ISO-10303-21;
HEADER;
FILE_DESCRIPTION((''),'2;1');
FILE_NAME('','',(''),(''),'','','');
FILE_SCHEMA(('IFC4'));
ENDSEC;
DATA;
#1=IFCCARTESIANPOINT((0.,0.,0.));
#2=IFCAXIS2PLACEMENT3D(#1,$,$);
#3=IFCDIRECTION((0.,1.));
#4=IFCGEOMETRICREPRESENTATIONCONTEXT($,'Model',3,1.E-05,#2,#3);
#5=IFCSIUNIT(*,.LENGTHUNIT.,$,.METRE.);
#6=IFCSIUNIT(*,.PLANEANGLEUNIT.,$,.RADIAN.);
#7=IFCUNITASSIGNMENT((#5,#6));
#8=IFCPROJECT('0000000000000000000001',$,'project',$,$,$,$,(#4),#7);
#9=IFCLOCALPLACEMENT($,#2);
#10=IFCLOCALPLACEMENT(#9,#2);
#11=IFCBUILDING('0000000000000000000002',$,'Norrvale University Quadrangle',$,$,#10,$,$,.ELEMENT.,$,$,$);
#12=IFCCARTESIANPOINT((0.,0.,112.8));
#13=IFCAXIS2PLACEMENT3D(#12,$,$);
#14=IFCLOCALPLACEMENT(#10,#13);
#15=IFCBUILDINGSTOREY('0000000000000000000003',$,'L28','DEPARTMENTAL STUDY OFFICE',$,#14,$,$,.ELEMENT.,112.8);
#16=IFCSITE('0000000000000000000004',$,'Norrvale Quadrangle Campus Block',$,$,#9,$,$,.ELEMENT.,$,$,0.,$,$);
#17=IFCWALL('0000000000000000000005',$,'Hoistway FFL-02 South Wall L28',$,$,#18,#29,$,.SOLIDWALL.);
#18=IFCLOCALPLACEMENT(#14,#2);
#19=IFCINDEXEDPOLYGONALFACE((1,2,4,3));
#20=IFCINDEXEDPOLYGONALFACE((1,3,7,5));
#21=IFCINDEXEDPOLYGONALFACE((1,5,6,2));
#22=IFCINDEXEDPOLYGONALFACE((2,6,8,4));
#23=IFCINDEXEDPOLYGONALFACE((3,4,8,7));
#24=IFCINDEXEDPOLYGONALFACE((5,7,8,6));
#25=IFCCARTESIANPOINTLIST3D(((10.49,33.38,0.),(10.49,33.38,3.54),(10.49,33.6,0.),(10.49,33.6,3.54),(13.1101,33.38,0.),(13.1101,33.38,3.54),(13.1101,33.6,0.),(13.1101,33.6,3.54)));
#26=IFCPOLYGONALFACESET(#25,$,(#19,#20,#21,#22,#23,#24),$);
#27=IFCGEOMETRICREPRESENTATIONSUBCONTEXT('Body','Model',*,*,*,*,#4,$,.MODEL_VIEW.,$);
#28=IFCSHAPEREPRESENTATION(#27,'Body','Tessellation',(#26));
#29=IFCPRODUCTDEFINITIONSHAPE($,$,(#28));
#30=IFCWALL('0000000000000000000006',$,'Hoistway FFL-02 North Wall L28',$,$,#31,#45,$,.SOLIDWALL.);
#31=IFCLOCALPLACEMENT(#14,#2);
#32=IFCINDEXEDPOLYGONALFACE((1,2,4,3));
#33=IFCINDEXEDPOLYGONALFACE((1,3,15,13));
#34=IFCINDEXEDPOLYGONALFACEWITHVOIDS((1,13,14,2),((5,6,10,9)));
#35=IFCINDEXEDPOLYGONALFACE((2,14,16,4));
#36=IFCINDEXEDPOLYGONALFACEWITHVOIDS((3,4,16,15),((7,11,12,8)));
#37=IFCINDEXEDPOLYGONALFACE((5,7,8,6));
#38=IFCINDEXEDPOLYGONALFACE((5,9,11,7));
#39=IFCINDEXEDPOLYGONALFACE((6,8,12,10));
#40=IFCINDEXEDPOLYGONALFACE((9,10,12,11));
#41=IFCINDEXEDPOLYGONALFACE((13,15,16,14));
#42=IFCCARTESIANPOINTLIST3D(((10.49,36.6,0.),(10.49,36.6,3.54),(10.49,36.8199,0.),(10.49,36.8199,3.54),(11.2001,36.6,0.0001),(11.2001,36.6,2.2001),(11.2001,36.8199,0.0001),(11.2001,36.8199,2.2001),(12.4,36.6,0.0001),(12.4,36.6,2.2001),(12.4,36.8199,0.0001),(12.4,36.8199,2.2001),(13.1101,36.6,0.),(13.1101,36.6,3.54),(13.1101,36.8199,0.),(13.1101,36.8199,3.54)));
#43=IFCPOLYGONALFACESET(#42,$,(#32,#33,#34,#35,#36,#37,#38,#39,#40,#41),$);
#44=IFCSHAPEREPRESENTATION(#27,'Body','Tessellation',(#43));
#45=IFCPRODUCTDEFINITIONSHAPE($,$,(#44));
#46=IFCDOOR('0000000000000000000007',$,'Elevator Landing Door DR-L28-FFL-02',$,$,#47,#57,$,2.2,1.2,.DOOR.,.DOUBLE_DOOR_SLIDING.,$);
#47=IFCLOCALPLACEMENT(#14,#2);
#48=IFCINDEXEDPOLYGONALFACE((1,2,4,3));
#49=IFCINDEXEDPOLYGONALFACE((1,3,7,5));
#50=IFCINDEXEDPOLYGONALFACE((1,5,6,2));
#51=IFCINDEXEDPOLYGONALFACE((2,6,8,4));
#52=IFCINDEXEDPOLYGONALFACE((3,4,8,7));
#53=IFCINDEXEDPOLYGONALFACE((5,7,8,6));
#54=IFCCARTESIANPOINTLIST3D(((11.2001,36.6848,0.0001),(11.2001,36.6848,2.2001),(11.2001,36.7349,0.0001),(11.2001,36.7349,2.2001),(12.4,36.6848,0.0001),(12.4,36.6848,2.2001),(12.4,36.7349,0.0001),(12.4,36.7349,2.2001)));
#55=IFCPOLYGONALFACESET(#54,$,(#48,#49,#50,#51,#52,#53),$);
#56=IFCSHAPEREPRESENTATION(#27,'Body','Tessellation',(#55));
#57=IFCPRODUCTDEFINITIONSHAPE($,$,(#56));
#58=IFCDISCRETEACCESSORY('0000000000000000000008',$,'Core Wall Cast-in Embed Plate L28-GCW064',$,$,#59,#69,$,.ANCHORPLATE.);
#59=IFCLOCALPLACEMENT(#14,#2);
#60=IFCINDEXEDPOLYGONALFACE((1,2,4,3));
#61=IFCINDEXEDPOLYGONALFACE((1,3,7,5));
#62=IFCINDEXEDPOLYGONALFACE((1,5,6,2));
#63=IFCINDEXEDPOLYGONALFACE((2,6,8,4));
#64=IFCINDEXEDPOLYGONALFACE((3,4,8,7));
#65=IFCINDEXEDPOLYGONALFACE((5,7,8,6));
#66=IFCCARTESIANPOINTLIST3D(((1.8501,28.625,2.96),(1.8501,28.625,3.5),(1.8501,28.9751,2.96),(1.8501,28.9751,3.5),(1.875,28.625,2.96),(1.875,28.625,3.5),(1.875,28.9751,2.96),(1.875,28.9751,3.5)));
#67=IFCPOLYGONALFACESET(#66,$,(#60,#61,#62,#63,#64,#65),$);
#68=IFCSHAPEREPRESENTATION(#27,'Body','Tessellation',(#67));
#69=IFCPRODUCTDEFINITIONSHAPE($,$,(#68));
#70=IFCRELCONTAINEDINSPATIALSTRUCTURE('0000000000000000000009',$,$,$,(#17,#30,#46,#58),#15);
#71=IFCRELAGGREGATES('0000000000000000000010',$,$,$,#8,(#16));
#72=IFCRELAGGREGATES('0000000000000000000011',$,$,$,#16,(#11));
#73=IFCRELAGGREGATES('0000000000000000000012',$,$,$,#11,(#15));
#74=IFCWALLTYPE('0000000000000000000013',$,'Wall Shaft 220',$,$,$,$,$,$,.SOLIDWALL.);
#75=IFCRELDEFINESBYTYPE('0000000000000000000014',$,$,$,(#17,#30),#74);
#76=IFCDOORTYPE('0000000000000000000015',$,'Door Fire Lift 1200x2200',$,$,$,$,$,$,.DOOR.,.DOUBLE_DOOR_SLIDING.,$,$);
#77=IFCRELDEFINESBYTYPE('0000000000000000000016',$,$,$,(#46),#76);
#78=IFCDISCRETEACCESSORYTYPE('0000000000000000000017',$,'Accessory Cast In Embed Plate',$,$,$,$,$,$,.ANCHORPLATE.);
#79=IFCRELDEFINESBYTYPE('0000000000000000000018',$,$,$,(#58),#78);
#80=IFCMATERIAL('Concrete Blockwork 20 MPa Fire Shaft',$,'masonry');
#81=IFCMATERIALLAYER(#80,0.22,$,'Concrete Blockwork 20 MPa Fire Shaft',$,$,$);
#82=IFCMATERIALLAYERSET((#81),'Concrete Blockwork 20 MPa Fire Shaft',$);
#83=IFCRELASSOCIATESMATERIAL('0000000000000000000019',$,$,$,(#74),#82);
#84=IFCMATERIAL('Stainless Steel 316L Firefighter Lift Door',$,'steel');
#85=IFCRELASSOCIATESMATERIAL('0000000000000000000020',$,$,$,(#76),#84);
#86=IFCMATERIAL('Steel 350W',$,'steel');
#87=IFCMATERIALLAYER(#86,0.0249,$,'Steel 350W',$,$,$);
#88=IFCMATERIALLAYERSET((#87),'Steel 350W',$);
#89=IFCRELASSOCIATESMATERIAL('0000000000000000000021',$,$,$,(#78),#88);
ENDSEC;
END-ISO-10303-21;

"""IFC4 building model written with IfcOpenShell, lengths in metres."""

from ifc_helpers import new_model, si_unit, direction, frame, frame_2d, origin, origin_2d, place, context, subcontext, project, spatial, rectangle, extrude, material, layer, layer_set, type_object, element, fill, save


model = new_model("IFC4")

# Units and contexts
model_context = context("Model", 3, precision=1e-05, world=origin(), true_north=direction((0.0, 1.0)))
body_context = subcontext(model_context, "Body", "Model", "MODEL_VIEW")
ifc_project = project(units=[si_unit("LENGTHUNIT", "METRE"), si_unit("PLANEANGLEUNIT", "RADIAN")], contexts=[model_context])

# Site, building, storey
site_placement = place(None, origin())
site = spatial("IfcSite", under=ifc_project, at=site_placement, Name="Norrvale Quadrangle Campus Block", CompositionType="ELEMENT", RefElevation=0.0)
building_placement = place(site_placement, origin())
building = spatial("IfcBuilding", under=site, at=building_placement, Name="Norrvale University Quadrangle", CompositionType="ELEMENT")
storey_placement = place(building_placement, frame((0.0, 0.0, 112.8)))
storey = spatial("IfcBuildingStorey", under=building, at=storey_placement, Name="L28", Description="DEPARTMENTAL STUDY OFFICE", CompositionType="ELEMENT", Elevation=112.8)

# Shared definitions
ifc_material_1 = material(Name="Steel 350W", Category="steel")

# Shared definitions
ifc_material_2 = material(Name="Concrete Blockwork 20 MPa Fire Shaft", Category="masonry")
ifc_layer_1 = layer(ifc_material_2, 0.22, Name="Concrete Blockwork 20 MPa Fire Shaft")
ifc_layer_set_1 = layer_set([ifc_layer_1], Name="Concrete Blockwork 20 MPa Fire Shaft")
wall_type_1 = type_object("IfcWallType", Name="Wall Shaft 220", PredefinedType="SOLIDWALL", material=ifc_layer_set_1)

# Shared definitions
ifc_material_3 = material(Name="Stainless Steel 316L Firefighter Lift Door", Category="steel")
door_type = type_object("IfcDoorType", Name="Door Fire Lift 1200x2200", OperationType="DOUBLE_DOOR_SLIDING", PredefinedType="DOOR", material=ifc_material_3)

# Wall
wall_1_placement = place(storey_placement, frame((10.49, 33.49, 0.0), z_axis=(0.0, 0.0, 1.0), x_axis=(1.0, 0.0, 0.0)))
element("IfcWall", 1, at=wall_1_placement, inside=storey, type_object=wall_type_1, Name="Hoistway FFL-02 South Wall L28", PredefinedType="SOLIDWALL", context=body_context, shape_type="SweptSolid", body=[
    extrude(rectangle(XDim=2.6201, YDim=0.22, at=frame_2d((1.3101, 0.0))), origin(), (0.0, 0.0, 1.0), 3.54),
])

# Wall, opening, door
wall_2_placement = place(storey_placement, frame((10.49, 36.71, 0.0), z_axis=(0.0, 0.0, 1.0), x_axis=(1.0, 0.0, 0.0)))
wall_2 = element("IfcWall", 2, at=wall_2_placement, inside=storey, type_object=wall_type_1, Name="Hoistway FFL-02 North Wall L28", PredefinedType="SOLIDWALL", context=body_context, shape_type="SweptSolid", body=[
    extrude(rectangle(XDim=2.6201, YDim=0.22, at=frame_2d((1.3101, 0.0))), origin(), (0.0, 0.0, 1.0), 3.54),
])
opening_1_placement = place(wall_2_placement, frame((0.71, 0.0, 0.0)))
opening_1 = element("IfcOpeningElement", 3, at=opening_1_placement, cuts=wall_2, PredefinedType="OPENING", context=body_context, shape_type="SweptSolid", body=[
    extrude(rectangle(XDim=1.2, YDim=2.2, at=frame_2d((0.6001, 1.1001))), frame((0.0, 0.1221, 0.0), z_axis=(0.0, -1.0, 0.0), x_axis=(1.0, 0.0, 0.0)), (0.0, 0.0, 1.0), 0.2439),
])
door_1_placement = place(opening_1_placement, origin())
door_1 = element("IfcDoor", 4, at=door_1_placement, inside=storey, type_object=door_type, Name="Elevator Landing Door DR-L28-FFL-02", OperationType="DOUBLE_DOOR_SLIDING", OverallHeight=2.2, OverallWidth=1.2, PredefinedType="DOOR", context=body_context, shape_type="SweptSolid", body=[
    extrude(rectangle(XDim=1.2, YDim=2.2, at=frame_2d((0.6001, 1.1001))), frame((0.0, 0.0249, 0.0), z_axis=(0.0, -1.0, 0.0), x_axis=(1.0, 0.0, 0.0)), (0.0, 0.0, 1.0), 0.05),
])
fill(opening_1, door_1)

# Discrete accessory
ifc_layer_2 = layer(ifc_material_1, 0.0249, Name="Steel 350W")
ifc_layer_set_2 = layer_set([ifc_layer_2], Name="Steel 350W")
discrete_accessory_type = type_object("IfcDiscreteAccessoryType", Name="Accessory Cast In Embed Plate", PredefinedType="ANCHORPLATE", material=ifc_layer_set_2)
discrete_accessory_placement = place(storey_placement, frame((1.8625, 28.8, 2.96), z_axis=(0.0, 0.0, 1.0), x_axis=(1.0, 0.0, 0.0)))
element("IfcDiscreteAccessory", 5, at=discrete_accessory_placement, inside=storey, type_object=discrete_accessory_type, Name="Core Wall Cast-in Embed Plate L28-GCW064", PredefinedType="ANCHORPLATE", context=body_context, shape_type="SweptSolid", body=[
    extrude(rectangle(XDim=0.0249, YDim=0.3501, at=origin_2d()), origin(), (0.0, 0.0, 1.0), 0.54),
])

save(model, "model.ifc")
